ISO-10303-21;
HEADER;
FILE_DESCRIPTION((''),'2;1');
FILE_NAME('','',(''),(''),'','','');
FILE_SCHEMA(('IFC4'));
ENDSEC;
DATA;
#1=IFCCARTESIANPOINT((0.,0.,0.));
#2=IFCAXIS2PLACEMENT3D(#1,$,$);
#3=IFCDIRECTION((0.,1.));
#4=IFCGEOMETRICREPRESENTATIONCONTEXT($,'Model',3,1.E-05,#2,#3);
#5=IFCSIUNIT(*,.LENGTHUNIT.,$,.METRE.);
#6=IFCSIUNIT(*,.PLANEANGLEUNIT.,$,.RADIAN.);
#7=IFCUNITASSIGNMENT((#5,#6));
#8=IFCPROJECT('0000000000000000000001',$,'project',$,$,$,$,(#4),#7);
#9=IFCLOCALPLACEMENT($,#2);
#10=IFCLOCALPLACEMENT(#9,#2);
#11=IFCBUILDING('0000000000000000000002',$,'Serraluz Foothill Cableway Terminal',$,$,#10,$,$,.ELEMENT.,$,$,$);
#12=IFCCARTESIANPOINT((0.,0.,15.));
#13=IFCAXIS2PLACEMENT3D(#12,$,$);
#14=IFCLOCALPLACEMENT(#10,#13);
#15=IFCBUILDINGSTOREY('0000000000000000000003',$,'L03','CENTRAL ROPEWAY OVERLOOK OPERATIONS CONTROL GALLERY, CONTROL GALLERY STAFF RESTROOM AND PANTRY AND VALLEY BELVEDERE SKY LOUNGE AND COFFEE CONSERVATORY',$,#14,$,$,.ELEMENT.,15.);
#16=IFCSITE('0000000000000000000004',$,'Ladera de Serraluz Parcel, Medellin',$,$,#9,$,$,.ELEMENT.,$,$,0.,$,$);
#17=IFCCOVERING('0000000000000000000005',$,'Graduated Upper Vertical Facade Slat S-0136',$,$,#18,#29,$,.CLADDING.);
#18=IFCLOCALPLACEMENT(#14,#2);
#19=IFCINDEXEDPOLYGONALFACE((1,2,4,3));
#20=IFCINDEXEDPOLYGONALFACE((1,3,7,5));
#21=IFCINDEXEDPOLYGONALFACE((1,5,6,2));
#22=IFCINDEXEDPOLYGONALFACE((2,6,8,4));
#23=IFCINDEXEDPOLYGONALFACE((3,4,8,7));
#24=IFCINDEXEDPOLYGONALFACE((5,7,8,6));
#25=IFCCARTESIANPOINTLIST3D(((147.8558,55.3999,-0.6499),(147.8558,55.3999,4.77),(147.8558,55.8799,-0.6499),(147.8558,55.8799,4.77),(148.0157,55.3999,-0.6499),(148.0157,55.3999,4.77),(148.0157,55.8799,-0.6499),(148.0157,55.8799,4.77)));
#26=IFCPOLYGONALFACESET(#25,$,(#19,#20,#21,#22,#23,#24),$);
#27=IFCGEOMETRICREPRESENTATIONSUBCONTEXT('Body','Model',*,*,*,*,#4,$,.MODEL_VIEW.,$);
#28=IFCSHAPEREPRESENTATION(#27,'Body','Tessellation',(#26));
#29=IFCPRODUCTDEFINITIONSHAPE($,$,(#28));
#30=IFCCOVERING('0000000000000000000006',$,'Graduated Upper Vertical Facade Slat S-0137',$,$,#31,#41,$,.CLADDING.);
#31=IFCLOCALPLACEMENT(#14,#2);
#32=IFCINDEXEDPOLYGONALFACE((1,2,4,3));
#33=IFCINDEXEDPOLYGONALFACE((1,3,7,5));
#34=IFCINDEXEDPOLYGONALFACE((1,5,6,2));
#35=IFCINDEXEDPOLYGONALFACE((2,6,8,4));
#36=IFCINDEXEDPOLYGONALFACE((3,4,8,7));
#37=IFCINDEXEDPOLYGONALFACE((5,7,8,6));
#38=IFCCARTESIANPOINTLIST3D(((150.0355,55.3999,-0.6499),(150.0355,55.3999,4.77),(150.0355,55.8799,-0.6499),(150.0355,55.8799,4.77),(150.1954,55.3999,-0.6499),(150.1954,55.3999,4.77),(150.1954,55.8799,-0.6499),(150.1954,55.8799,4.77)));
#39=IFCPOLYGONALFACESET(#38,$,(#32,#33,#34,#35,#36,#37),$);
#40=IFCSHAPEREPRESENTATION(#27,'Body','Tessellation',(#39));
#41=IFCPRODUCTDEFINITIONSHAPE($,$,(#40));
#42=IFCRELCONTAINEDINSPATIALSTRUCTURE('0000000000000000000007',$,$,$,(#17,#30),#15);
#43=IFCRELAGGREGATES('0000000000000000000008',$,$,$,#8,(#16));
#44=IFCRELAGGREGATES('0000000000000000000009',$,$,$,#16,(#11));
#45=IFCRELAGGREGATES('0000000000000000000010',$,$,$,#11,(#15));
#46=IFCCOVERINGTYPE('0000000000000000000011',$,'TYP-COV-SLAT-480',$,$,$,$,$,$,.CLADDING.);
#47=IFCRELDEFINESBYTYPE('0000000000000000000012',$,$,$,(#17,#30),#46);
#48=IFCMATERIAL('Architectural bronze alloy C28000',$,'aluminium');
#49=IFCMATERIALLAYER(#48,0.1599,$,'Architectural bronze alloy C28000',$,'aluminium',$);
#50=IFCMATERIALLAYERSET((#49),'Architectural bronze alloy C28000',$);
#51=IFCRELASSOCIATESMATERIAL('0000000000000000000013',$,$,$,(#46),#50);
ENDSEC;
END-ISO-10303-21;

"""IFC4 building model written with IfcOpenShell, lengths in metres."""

from ifc_helpers import new_model, si_unit, direction, frame, origin, origin_2d, place, context, subcontext, project, spatial, rectangle, extrude, material, layer, layer_set, type_object, element, save


model = new_model("IFC4")

# Units and contexts
model_context = context("Model", 3, precision=1e-05, world=origin(), true_north=direction((0.0, 1.0)))
body_context = subcontext(model_context, "Body", "Model", "MODEL_VIEW")
ifc_project = project(units=[si_unit("LENGTHUNIT", "METRE"), si_unit("PLANEANGLEUNIT", "RADIAN")], contexts=[model_context])

# Site, building, storey
site_placement = place(None, origin())
site = spatial("IfcSite", under=ifc_project, at=site_placement, Name="Ladera de Serraluz Parcel, Medellin", CompositionType="ELEMENT", RefElevation=0.0)
building_placement = place(site_placement, origin())
building = spatial("IfcBuilding", under=site, at=building_placement, Name="Serraluz Foothill Cableway Terminal", CompositionType="ELEMENT")
storey_placement = place(building_placement, frame((0.0, 0.0, 15.0)))
storey = spatial("IfcBuildingStorey", under=building, at=storey_placement, Name="L03", Description="CENTRAL ROPEWAY OVERLOOK OPERATIONS CONTROL GALLERY, CONTROL GALLERY STAFF RESTROOM AND PANTRY AND VALLEY BELVEDERE SKY LOUNGE AND COFFEE CONSERVATORY", CompositionType="ELEMENT", Elevation=15.0)

# Shared definitions
ifc_material_1 = material(Name="Architectural bronze alloy C28000", Category="aluminium")

# Coverings
ifc_layer_1 = layer(ifc_material_1, 0.1599, Name="Architectural bronze alloy C28000", Category="aluminium")
ifc_layer_set_1 = layer_set([ifc_layer_1], Name="Architectural bronze alloy C28000")
covering_type = type_object("IfcCoveringType", Name="TYP-COV-SLAT-480", PredefinedType="CLADDING", material=ifc_layer_set_1)
for number, where, z_axis, x_axis, name in (
    (1, (147.9358, 55.6399, -0.6499), (0.0, 0.0, 1.0), (1.0, 0.0, 0.0), "Graduated Upper Vertical Facade Slat S-0136"),
    (2, (150.1155, 55.6399, -0.6499), (0.0, 0.0, 1.0), (1.0, 0.0, 0.0), "Graduated Upper Vertical Facade Slat S-0137"),
):
    element("IfcCovering", number, at=place(storey_placement, frame(where, z_axis=z_axis, x_axis=x_axis)), inside=storey, type_object=covering_type, Name=name, PredefinedType="CLADDING", context=body_context, shape_type="SweptSolid", body=[
        extrude(rectangle(XDim=0.1599, YDim=0.48, at=origin_2d()), origin(), (0.0, 0.0, 1.0), 5.4199),
    ])

save(model, "model.ifc")
